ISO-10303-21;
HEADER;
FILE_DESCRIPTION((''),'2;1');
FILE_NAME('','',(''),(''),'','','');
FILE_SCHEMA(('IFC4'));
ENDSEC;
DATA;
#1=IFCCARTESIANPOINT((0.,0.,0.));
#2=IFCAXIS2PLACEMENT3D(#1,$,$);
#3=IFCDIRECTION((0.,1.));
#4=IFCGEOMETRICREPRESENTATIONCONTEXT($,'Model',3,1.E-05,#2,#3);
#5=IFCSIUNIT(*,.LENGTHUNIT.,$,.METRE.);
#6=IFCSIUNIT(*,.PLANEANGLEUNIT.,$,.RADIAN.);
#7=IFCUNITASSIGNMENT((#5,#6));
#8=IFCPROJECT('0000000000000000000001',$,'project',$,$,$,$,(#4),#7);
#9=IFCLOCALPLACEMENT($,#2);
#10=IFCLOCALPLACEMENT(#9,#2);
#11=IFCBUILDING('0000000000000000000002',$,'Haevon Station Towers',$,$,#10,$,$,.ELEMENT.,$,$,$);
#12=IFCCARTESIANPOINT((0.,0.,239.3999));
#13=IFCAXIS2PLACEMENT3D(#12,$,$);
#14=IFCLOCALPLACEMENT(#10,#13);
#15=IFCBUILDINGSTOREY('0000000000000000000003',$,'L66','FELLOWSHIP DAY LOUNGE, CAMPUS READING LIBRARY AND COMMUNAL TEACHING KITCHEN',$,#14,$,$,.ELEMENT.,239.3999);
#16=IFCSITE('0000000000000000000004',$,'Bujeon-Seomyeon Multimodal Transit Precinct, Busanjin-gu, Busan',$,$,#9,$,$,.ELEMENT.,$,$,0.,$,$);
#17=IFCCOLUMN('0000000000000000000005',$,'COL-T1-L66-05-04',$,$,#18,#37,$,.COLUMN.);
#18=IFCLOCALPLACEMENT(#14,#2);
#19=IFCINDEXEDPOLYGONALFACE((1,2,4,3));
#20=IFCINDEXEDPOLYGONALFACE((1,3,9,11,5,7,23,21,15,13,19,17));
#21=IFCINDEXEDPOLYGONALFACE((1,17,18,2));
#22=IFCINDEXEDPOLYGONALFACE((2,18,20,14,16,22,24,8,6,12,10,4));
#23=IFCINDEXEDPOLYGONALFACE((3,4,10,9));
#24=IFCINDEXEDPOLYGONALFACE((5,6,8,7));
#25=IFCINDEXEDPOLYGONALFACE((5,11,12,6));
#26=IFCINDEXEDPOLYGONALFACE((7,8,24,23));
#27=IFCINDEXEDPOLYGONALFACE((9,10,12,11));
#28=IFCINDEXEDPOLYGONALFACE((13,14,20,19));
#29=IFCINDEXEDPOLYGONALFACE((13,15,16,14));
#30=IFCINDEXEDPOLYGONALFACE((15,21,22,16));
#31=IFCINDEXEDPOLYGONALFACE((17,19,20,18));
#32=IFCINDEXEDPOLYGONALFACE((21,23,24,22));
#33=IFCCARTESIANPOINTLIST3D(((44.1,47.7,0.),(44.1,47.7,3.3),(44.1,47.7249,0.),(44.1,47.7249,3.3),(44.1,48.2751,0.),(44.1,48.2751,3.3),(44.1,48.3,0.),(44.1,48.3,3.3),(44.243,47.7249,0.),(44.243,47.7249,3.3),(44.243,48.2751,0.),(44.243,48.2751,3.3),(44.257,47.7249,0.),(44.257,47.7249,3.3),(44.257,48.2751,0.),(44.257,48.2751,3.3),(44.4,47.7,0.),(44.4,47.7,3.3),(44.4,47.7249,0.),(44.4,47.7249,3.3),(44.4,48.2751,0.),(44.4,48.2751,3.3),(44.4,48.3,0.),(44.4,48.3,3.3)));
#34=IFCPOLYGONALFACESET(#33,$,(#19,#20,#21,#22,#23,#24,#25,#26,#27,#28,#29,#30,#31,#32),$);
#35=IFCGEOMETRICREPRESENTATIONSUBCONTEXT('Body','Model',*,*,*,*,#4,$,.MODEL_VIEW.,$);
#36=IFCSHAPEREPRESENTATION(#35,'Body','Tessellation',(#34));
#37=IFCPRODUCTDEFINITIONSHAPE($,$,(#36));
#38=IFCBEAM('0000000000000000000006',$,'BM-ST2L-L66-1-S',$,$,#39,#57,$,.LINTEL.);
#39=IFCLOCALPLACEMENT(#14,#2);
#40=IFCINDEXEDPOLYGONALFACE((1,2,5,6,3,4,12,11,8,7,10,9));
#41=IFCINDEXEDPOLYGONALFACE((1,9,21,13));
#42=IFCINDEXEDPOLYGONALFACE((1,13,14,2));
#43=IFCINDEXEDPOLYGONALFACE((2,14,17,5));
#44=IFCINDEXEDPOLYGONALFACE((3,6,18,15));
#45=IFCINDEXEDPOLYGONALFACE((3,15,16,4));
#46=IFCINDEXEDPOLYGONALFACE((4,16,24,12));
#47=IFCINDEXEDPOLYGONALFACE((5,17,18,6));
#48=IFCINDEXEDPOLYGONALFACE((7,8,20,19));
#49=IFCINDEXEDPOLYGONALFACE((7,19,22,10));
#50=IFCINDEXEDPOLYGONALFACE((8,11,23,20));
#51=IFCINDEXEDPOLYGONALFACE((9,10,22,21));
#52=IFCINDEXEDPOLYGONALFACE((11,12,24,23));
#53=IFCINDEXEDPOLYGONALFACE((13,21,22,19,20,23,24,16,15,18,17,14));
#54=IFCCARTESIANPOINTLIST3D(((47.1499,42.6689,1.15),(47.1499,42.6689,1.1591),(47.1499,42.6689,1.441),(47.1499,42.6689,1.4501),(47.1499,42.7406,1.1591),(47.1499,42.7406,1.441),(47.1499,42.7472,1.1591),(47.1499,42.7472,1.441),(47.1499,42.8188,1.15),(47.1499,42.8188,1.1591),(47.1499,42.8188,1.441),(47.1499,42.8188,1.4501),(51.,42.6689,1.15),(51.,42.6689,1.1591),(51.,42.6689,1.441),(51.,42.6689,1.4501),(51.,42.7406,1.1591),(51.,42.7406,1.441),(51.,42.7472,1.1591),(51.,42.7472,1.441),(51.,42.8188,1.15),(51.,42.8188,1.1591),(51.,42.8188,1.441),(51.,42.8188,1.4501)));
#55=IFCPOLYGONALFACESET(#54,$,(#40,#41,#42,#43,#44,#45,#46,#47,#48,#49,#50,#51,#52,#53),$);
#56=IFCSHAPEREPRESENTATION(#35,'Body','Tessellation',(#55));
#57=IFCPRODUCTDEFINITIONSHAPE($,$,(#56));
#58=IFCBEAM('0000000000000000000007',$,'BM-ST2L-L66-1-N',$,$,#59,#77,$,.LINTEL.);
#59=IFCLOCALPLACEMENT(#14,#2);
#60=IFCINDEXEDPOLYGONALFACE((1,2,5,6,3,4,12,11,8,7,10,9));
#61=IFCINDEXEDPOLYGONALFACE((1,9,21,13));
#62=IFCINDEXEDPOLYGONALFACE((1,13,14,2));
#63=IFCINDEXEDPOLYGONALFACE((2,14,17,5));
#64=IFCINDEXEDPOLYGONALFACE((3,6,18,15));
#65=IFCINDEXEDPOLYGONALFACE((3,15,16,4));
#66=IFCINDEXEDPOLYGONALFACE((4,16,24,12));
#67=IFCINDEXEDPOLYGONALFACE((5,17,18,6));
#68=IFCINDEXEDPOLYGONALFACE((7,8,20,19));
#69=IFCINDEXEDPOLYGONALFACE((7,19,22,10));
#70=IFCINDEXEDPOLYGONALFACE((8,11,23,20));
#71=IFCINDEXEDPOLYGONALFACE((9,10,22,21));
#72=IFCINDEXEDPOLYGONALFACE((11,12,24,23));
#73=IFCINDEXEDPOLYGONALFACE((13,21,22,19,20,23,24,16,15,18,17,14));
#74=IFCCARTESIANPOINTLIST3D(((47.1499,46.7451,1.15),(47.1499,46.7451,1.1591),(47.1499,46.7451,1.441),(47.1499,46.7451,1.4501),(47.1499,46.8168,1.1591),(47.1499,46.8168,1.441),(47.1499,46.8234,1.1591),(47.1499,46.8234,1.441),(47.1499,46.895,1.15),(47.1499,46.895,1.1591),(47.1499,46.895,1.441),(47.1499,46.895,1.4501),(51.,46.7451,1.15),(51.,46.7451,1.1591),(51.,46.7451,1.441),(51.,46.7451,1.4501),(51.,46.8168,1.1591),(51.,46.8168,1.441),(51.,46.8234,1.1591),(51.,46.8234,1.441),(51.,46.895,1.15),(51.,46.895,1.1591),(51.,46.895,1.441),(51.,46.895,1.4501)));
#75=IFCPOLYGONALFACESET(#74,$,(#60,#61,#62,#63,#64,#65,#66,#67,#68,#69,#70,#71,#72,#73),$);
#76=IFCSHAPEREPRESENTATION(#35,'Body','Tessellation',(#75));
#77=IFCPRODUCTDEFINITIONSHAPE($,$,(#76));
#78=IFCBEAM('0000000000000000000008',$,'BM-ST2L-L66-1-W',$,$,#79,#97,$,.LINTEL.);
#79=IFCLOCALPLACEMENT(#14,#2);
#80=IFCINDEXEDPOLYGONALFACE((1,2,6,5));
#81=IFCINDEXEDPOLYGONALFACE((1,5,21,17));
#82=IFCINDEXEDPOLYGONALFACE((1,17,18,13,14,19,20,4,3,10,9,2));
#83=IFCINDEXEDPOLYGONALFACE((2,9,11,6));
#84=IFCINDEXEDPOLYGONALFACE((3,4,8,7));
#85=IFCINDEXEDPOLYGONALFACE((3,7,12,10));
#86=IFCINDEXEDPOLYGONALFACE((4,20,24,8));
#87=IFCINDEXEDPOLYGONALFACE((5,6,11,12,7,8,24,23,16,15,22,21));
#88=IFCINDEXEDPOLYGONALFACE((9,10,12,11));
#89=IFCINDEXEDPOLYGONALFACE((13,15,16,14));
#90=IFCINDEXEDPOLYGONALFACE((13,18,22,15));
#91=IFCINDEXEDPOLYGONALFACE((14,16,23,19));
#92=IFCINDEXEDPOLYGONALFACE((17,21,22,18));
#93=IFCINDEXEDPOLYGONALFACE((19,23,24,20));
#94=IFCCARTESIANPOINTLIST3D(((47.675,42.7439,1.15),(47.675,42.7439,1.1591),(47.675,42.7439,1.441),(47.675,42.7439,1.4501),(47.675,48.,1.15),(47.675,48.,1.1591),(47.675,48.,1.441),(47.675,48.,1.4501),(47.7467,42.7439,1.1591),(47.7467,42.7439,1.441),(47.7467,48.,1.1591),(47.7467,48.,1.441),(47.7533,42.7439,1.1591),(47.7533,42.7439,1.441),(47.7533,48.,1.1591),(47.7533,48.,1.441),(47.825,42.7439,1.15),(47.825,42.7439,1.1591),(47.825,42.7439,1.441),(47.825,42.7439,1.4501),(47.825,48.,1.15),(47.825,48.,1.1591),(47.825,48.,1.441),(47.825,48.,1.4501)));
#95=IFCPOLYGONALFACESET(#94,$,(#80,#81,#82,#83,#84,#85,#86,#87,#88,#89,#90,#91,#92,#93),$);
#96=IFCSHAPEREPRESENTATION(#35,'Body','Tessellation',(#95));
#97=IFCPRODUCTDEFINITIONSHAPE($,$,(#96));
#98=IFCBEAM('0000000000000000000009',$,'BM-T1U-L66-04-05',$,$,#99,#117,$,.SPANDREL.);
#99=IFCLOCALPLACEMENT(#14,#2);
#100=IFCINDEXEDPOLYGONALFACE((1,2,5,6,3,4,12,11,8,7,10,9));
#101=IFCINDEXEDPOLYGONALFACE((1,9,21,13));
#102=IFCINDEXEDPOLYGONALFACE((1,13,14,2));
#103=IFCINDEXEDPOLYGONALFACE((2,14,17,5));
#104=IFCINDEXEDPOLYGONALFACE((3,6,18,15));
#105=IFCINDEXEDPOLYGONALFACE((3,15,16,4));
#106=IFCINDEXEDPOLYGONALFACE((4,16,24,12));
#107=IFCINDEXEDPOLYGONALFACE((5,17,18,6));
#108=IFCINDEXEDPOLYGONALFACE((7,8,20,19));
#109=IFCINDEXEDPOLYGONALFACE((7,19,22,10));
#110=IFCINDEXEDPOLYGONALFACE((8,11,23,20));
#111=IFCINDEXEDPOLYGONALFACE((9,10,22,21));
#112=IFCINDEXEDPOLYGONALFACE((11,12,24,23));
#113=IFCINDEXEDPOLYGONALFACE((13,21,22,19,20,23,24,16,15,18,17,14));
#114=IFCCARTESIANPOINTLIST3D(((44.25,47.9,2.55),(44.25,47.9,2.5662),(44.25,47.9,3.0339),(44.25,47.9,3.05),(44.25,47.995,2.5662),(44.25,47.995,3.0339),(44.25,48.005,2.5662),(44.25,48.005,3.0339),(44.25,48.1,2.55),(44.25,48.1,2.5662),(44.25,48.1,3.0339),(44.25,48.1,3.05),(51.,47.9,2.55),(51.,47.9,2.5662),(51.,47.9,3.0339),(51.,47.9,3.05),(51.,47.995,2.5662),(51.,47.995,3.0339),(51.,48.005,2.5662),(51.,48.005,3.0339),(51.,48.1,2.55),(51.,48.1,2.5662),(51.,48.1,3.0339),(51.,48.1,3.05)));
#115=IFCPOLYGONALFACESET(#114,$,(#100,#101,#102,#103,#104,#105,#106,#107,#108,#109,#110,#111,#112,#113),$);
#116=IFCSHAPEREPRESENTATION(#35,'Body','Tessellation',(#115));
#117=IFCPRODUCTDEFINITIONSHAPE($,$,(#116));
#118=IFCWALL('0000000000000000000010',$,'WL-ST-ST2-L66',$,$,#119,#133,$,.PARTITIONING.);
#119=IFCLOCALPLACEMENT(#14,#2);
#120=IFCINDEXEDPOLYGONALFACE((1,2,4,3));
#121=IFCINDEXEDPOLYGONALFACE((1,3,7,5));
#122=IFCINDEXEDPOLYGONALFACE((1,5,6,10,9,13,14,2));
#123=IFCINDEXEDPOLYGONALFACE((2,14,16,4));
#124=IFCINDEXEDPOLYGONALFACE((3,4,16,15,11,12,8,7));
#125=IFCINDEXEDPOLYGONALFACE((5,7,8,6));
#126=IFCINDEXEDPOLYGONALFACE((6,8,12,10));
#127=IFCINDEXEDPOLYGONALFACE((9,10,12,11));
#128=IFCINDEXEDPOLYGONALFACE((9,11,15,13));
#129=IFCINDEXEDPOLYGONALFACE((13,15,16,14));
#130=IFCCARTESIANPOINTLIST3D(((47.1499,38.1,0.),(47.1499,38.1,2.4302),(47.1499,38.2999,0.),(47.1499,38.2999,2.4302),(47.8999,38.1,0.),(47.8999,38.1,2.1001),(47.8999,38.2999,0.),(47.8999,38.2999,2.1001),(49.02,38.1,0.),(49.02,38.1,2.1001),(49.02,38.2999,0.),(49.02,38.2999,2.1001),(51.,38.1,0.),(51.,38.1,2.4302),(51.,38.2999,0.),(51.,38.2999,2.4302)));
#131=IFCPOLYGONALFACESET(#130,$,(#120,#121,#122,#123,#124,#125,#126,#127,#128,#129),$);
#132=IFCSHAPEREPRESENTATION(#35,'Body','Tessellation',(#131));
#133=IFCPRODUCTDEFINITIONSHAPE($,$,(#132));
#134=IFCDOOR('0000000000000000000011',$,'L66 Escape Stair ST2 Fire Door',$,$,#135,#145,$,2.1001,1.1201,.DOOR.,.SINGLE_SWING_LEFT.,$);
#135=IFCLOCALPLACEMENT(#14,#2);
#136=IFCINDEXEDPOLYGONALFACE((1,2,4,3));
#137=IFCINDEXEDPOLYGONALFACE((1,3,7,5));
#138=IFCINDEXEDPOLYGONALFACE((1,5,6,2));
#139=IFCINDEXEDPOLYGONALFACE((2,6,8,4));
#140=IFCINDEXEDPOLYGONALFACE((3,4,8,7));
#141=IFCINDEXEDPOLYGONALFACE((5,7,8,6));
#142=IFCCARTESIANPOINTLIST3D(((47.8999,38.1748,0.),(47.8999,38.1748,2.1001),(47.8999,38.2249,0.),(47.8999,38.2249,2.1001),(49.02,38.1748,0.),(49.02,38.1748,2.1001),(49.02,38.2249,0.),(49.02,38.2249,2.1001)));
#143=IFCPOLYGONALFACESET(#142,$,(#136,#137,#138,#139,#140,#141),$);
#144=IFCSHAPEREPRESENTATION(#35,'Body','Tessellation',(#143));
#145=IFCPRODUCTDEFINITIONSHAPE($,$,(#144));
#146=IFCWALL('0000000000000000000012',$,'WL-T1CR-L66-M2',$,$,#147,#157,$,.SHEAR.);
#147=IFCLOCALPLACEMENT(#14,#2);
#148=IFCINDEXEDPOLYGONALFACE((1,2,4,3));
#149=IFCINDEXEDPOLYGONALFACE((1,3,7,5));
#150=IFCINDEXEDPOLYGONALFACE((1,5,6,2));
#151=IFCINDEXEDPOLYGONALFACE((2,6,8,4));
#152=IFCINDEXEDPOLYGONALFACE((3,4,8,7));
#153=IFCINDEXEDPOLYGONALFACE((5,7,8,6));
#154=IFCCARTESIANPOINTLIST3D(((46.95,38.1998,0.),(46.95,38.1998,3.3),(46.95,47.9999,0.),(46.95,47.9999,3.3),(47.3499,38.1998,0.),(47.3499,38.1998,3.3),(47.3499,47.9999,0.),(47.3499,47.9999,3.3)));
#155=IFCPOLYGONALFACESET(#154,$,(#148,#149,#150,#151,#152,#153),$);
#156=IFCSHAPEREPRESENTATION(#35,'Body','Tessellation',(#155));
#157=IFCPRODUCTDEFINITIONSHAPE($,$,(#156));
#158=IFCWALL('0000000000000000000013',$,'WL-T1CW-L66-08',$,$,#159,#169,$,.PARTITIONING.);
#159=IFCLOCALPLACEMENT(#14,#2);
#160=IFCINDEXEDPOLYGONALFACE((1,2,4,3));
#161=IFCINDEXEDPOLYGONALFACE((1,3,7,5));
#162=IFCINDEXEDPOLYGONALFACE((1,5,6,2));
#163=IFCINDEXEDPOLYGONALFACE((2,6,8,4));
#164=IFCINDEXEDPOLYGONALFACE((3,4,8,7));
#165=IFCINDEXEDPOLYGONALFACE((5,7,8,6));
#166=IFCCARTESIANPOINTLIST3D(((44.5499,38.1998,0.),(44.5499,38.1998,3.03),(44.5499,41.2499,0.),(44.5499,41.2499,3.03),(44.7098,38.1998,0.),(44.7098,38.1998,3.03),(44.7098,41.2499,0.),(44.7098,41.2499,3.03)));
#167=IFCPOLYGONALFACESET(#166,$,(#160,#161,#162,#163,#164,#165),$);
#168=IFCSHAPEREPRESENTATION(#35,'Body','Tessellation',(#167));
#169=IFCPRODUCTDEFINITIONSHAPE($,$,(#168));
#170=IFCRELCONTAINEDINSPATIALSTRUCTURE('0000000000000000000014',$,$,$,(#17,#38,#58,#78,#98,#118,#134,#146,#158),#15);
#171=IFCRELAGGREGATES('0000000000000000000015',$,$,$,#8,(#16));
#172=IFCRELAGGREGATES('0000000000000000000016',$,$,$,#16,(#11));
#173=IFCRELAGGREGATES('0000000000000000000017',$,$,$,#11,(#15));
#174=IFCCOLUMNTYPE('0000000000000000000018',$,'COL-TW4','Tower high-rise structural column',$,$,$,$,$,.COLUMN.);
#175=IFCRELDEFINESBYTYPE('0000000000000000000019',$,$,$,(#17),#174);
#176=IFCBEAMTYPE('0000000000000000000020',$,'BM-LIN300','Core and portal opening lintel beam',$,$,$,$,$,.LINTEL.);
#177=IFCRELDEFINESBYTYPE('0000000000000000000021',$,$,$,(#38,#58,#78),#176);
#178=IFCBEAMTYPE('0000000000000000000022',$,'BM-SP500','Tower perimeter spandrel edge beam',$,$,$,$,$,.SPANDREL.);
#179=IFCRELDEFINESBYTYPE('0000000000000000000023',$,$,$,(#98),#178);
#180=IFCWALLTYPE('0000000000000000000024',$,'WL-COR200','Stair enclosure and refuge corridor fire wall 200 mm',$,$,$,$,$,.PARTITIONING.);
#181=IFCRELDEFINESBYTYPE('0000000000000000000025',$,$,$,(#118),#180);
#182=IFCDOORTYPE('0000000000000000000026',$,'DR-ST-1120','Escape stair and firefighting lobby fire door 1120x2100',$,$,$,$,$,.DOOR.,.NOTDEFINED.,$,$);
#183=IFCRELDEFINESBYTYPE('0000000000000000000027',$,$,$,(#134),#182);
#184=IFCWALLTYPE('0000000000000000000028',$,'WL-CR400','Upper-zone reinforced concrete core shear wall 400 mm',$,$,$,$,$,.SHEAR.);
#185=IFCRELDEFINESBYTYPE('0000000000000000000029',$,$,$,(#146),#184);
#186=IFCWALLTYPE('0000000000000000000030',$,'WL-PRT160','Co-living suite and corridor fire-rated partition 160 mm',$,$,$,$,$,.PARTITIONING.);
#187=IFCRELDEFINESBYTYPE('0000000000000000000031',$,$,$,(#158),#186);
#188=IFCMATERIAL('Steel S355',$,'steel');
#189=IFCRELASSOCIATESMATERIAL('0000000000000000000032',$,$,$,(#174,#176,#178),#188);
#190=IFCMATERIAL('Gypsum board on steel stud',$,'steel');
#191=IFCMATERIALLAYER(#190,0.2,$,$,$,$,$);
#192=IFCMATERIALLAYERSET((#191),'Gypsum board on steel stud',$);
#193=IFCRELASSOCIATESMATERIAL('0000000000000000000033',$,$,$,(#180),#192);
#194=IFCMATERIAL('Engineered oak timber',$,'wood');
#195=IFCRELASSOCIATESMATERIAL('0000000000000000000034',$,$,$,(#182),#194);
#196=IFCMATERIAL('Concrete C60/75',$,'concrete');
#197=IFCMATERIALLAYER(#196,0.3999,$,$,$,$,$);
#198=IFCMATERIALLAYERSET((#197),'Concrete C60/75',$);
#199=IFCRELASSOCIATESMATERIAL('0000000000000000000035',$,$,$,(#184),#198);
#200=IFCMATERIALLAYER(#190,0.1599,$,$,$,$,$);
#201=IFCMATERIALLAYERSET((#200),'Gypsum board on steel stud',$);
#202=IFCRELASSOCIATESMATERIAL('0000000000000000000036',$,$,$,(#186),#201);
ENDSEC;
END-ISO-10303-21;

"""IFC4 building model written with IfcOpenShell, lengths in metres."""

from ifc_helpers import new_model, si_unit, direction, frame, frame_2d, origin, origin_2d, place, context, subcontext, project, spatial, rectangle, i_section, extrude, material, layer, layer_set, material_profile, profile_set, type_object, element, fill, save


model = new_model("IFC4")

# Units and contexts
model_context = context("Model", 3, precision=1e-05, world=origin(), true_north=direction((0.0, 1.0)))
body_context = subcontext(model_context, "Body", "Model", "MODEL_VIEW")
ifc_project = project(units=[si_unit("LENGTHUNIT", "METRE"), si_unit("PLANEANGLEUNIT", "RADIAN")], contexts=[model_context])

# Site, building, storey
site_placement = place(None, origin())
site = spatial("IfcSite", under=ifc_project, at=site_placement, Name="Bujeon-Seomyeon Multimodal Transit Precinct, Busanjin-gu, Busan", CompositionType="ELEMENT", RefElevation=0.0)
building_placement = place(site_placement, origin())
building = spatial("IfcBuilding", under=site, at=building_placement, Name="Haevon Station Towers", CompositionType="ELEMENT")
storey_placement = place(building_placement, frame((0.0, 0.0, 239.3999)))
storey = spatial("IfcBuildingStorey", under=building, at=storey_placement, Name="L66", Description="FELLOWSHIP DAY LOUNGE, CAMPUS READING LIBRARY AND COMMUNAL TEACHING KITCHEN", CompositionType="ELEMENT", Elevation=239.3999)

# Column
ifc_material_1 = material(Name="Steel S355", Category="steel")
ifc_material_profile_1 = material_profile(ifc_material_1, i_section(OverallWidth=0.3, OverallDepth=0.6001, WebThickness=0.0139, FlangeThickness=0.0249, at=origin_2d()), Name="H-600x300x14x25")
ifc_profile_set_1 = profile_set([ifc_material_profile_1], Name="Steel S355")
column_type = type_object("IfcColumnType", Name="COL-TW4", Description="Tower high-rise structural column", PredefinedType="COLUMN", material=ifc_profile_set_1)
column_placement = place(storey_placement, frame((44.25, 48.0, 0.0), z_axis=(0.0, 0.0, 1.0), x_axis=(1.0, 0.0, 0.0)))
element("IfcColumn", 1, at=column_placement, inside=storey, type_object=column_type, Name="COL-T1-L66-05-04", PredefinedType="COLUMN", context=body_context, shape_type="SweptSolid", body=[
    extrude(i_section(OverallWidth=0.3, OverallDepth=0.6001, WebThickness=0.0139, FlangeThickness=0.0249, at=origin_2d()), origin(), (0.0, 0.0, 1.0), 3.3),
])

# Beams
ifc_material_profile_2 = material_profile(ifc_material_1, i_section(OverallWidth=0.1499, OverallDepth=0.3, WebThickness=0.0066, FlangeThickness=0.009, at=origin_2d()), Name="H-300x150x6.5x9")
ifc_profile_set_2 = profile_set([ifc_material_profile_2], Name="Steel S355")
beam_type_1 = type_object("IfcBeamType", Name="BM-LIN300", Description="Core and portal opening lintel beam", PredefinedType="LINTEL", material=ifc_profile_set_2)
for number, where, z_axis, x_axis, name in (
    (2, (47.1499, 42.7439, 1.3), (1.0, 0.0, 0.0), (0.0, 1.0, 0.0), "BM-ST2L-L66-1-S"),
    (3, (47.1499, 46.8201, 1.3), (1.0, 0.0, 0.0), (0.0, 1.0, 0.0), "BM-ST2L-L66-1-N"),
):
    element("IfcBeam", number, at=place(storey_placement, frame(where, z_axis=z_axis, x_axis=x_axis)), inside=storey, type_object=beam_type_1, Name=name, PredefinedType="LINTEL", context=body_context, shape_type="SweptSolid", body=[
        extrude(i_section(OverallWidth=0.1499, OverallDepth=0.3, WebThickness=0.0066, FlangeThickness=0.009, at=origin_2d()), origin(), (0.0, 0.0, 1.0), 3.8501),
    ])
beam_1_placement = place(storey_placement, frame((47.75, 42.7439, 1.3), z_axis=(0.0, 1.0, 0.0), x_axis=(-1.0, 0.0, 0.0)))
element("IfcBeam", 4, at=beam_1_placement, inside=storey, type_object=beam_type_1, Name="BM-ST2L-L66-1-W", PredefinedType="LINTEL", context=body_context, shape_type="SweptSolid", body=[
    extrude(i_section(OverallWidth=0.1499, OverallDepth=0.3, WebThickness=0.0066, FlangeThickness=0.009, at=origin_2d()), origin(), (0.0, 0.0, 1.0), 5.2561),
])
ifc_material_profile_3 = material_profile(ifc_material_1, i_section(OverallWidth=0.2, OverallDepth=0.5, WebThickness=0.01, FlangeThickness=0.0161, at=origin_2d()), Name="H-500x200x10x16")
ifc_profile_set_3 = profile_set([ifc_material_profile_3], Name="Steel S355")
beam_type_2 = type_object("IfcBeamType", Name="BM-SP500", Description="Tower perimeter spandrel edge beam", PredefinedType="SPANDREL", material=ifc_profile_set_3)
beam_2_placement = place(storey_placement, frame((44.25, 48.0, 2.8), z_axis=(1.0, 0.0, 0.0), x_axis=(0.0, 1.0, 0.0)))
element("IfcBeam", 5, at=beam_2_placement, inside=storey, type_object=beam_type_2, Name="BM-T1U-L66-04-05", PredefinedType="SPANDREL", context=body_context, shape_type="SweptSolid", body=[
    extrude(i_section(OverallWidth=0.2, OverallDepth=0.5, WebThickness=0.01, FlangeThickness=0.0161, at=origin_2d()), origin(), (0.0, 0.0, 1.0), 6.75),
])

# Wall, opening, door
ifc_material_2 = material(Name="Gypsum board on steel stud", Category="steel")
ifc_layer_1 = layer(ifc_material_2, 0.2)
ifc_layer_set_1 = layer_set([ifc_layer_1], Name="Gypsum board on steel stud")
wall_type_1 = type_object("IfcWallType", Name="WL-COR200", Description="Stair enclosure and refuge corridor fire wall 200 mm", PredefinedType="PARTITIONING", material=ifc_layer_set_1)
wall_1_placement = place(storey_placement, frame((47.1499, 38.2, 0.0), z_axis=(0.0, 0.0, 1.0), x_axis=(1.0, 0.0, 0.0)))
wall_1 = element("IfcWall", 6, at=wall_1_placement, inside=storey, type_object=wall_type_1, Name="WL-ST-ST2-L66", PredefinedType="PARTITIONING", context=body_context, shape_type="SweptSolid", body=[
    extrude(rectangle(XDim=3.8501, YDim=0.2, at=frame_2d((1.925, 0.0))), origin(), (0.0, 0.0, 1.0), 2.4302),
])
opening_1_placement = place(wall_1_placement, frame((0.75, 0.0, 0.0)))
opening_1 = element("IfcOpeningElement", 7, at=opening_1_placement, cuts=wall_1, PredefinedType="OPENING", context=body_context, shape_type="SweptSolid", body=[
    extrude(rectangle(XDim=1.1201, YDim=2.1001, at=frame_2d((0.5601, 1.05))), frame((0.0, 0.1099, 0.0), z_axis=(0.0, -1.0, 0.0), x_axis=(1.0, 0.0, 0.0)), (0.0, 0.0, 1.0), 0.22),
])
ifc_material_3 = material(Name="Engineered oak timber", Category="wood")
door_type_1 = type_object("IfcDoorType", Name="DR-ST-1120", Description="Escape stair and firefighting lobby fire door 1120x2100", OperationType="NOTDEFINED", PredefinedType="DOOR", material=ifc_material_3)
door_1_placement = place(opening_1_placement, origin())
door_1 = element("IfcDoor", 8, at=door_1_placement, inside=storey, type_object=door_type_1, Name="L66 Escape Stair ST2 Fire Door", OperationType="SINGLE_SWING_LEFT", OverallHeight=2.1001, OverallWidth=1.1201, PredefinedType="DOOR", context=body_context, shape_type="SweptSolid", body=[
    extrude(rectangle(XDim=1.1201, YDim=2.1001, at=frame_2d((0.5601, 1.05))), frame((0.0, 0.0249, 0.0), z_axis=(0.0, -1.0, 0.0), x_axis=(1.0, 0.0, 0.0)), (0.0, 0.0, 1.0), 0.05),
])
fill(opening_1, door_1)

# Walls
ifc_material_4 = material(Name="Concrete C60/75", Category="concrete")
ifc_layer_2 = layer(ifc_material_4, 0.3999)
ifc_layer_set_2 = layer_set([ifc_layer_2], Name="Concrete C60/75")
wall_type_2 = type_object("IfcWallType", Name="WL-CR400", Description="Upper-zone reinforced concrete core shear wall 400 mm", PredefinedType="SHEAR", material=ifc_layer_set_2)
wall_2_placement = place(storey_placement, frame((47.1499, 38.2, 0.0), z_axis=(0.0, 0.0, 1.0), x_axis=(0.0, 1.0, 0.0)))
element("IfcWall", 9, at=wall_2_placement, inside=storey, type_object=wall_type_2, Name="WL-T1CR-L66-M2", PredefinedType="SHEAR", context=body_context, shape_type="SweptSolid", body=[
    extrude(rectangle(XDim=9.8, YDim=0.3999, at=frame_2d((4.8999, 0.0))), origin(), (0.0, 0.0, 1.0), 3.3),
])
ifc_layer_3 = layer(ifc_material_2, 0.1599)
ifc_layer_set_3 = layer_set([ifc_layer_3], Name="Gypsum board on steel stud")
wall_type_3 = type_object("IfcWallType", Name="WL-PRT160", Description="Co-living suite and corridor fire-rated partition 160 mm", PredefinedType="PARTITIONING", material=ifc_layer_set_3)
wall_3_placement = place(storey_placement, frame((44.6299, 38.2, 0.0), z_axis=(0.0, 0.0, 1.0), x_axis=(0.0, 1.0, 0.0)))
element("IfcWall", 10, at=wall_3_placement, inside=storey, type_object=wall_type_3, Name="WL-T1CW-L66-08", PredefinedType="PARTITIONING", context=body_context, shape_type="SweptSolid", body=[
    extrude(rectangle(XDim=3.05, YDim=0.1599, at=frame_2d((1.5249, 0.0))), origin(), (0.0, 0.0, 1.0), 3.03),
])

save(model, "model.ifc")
